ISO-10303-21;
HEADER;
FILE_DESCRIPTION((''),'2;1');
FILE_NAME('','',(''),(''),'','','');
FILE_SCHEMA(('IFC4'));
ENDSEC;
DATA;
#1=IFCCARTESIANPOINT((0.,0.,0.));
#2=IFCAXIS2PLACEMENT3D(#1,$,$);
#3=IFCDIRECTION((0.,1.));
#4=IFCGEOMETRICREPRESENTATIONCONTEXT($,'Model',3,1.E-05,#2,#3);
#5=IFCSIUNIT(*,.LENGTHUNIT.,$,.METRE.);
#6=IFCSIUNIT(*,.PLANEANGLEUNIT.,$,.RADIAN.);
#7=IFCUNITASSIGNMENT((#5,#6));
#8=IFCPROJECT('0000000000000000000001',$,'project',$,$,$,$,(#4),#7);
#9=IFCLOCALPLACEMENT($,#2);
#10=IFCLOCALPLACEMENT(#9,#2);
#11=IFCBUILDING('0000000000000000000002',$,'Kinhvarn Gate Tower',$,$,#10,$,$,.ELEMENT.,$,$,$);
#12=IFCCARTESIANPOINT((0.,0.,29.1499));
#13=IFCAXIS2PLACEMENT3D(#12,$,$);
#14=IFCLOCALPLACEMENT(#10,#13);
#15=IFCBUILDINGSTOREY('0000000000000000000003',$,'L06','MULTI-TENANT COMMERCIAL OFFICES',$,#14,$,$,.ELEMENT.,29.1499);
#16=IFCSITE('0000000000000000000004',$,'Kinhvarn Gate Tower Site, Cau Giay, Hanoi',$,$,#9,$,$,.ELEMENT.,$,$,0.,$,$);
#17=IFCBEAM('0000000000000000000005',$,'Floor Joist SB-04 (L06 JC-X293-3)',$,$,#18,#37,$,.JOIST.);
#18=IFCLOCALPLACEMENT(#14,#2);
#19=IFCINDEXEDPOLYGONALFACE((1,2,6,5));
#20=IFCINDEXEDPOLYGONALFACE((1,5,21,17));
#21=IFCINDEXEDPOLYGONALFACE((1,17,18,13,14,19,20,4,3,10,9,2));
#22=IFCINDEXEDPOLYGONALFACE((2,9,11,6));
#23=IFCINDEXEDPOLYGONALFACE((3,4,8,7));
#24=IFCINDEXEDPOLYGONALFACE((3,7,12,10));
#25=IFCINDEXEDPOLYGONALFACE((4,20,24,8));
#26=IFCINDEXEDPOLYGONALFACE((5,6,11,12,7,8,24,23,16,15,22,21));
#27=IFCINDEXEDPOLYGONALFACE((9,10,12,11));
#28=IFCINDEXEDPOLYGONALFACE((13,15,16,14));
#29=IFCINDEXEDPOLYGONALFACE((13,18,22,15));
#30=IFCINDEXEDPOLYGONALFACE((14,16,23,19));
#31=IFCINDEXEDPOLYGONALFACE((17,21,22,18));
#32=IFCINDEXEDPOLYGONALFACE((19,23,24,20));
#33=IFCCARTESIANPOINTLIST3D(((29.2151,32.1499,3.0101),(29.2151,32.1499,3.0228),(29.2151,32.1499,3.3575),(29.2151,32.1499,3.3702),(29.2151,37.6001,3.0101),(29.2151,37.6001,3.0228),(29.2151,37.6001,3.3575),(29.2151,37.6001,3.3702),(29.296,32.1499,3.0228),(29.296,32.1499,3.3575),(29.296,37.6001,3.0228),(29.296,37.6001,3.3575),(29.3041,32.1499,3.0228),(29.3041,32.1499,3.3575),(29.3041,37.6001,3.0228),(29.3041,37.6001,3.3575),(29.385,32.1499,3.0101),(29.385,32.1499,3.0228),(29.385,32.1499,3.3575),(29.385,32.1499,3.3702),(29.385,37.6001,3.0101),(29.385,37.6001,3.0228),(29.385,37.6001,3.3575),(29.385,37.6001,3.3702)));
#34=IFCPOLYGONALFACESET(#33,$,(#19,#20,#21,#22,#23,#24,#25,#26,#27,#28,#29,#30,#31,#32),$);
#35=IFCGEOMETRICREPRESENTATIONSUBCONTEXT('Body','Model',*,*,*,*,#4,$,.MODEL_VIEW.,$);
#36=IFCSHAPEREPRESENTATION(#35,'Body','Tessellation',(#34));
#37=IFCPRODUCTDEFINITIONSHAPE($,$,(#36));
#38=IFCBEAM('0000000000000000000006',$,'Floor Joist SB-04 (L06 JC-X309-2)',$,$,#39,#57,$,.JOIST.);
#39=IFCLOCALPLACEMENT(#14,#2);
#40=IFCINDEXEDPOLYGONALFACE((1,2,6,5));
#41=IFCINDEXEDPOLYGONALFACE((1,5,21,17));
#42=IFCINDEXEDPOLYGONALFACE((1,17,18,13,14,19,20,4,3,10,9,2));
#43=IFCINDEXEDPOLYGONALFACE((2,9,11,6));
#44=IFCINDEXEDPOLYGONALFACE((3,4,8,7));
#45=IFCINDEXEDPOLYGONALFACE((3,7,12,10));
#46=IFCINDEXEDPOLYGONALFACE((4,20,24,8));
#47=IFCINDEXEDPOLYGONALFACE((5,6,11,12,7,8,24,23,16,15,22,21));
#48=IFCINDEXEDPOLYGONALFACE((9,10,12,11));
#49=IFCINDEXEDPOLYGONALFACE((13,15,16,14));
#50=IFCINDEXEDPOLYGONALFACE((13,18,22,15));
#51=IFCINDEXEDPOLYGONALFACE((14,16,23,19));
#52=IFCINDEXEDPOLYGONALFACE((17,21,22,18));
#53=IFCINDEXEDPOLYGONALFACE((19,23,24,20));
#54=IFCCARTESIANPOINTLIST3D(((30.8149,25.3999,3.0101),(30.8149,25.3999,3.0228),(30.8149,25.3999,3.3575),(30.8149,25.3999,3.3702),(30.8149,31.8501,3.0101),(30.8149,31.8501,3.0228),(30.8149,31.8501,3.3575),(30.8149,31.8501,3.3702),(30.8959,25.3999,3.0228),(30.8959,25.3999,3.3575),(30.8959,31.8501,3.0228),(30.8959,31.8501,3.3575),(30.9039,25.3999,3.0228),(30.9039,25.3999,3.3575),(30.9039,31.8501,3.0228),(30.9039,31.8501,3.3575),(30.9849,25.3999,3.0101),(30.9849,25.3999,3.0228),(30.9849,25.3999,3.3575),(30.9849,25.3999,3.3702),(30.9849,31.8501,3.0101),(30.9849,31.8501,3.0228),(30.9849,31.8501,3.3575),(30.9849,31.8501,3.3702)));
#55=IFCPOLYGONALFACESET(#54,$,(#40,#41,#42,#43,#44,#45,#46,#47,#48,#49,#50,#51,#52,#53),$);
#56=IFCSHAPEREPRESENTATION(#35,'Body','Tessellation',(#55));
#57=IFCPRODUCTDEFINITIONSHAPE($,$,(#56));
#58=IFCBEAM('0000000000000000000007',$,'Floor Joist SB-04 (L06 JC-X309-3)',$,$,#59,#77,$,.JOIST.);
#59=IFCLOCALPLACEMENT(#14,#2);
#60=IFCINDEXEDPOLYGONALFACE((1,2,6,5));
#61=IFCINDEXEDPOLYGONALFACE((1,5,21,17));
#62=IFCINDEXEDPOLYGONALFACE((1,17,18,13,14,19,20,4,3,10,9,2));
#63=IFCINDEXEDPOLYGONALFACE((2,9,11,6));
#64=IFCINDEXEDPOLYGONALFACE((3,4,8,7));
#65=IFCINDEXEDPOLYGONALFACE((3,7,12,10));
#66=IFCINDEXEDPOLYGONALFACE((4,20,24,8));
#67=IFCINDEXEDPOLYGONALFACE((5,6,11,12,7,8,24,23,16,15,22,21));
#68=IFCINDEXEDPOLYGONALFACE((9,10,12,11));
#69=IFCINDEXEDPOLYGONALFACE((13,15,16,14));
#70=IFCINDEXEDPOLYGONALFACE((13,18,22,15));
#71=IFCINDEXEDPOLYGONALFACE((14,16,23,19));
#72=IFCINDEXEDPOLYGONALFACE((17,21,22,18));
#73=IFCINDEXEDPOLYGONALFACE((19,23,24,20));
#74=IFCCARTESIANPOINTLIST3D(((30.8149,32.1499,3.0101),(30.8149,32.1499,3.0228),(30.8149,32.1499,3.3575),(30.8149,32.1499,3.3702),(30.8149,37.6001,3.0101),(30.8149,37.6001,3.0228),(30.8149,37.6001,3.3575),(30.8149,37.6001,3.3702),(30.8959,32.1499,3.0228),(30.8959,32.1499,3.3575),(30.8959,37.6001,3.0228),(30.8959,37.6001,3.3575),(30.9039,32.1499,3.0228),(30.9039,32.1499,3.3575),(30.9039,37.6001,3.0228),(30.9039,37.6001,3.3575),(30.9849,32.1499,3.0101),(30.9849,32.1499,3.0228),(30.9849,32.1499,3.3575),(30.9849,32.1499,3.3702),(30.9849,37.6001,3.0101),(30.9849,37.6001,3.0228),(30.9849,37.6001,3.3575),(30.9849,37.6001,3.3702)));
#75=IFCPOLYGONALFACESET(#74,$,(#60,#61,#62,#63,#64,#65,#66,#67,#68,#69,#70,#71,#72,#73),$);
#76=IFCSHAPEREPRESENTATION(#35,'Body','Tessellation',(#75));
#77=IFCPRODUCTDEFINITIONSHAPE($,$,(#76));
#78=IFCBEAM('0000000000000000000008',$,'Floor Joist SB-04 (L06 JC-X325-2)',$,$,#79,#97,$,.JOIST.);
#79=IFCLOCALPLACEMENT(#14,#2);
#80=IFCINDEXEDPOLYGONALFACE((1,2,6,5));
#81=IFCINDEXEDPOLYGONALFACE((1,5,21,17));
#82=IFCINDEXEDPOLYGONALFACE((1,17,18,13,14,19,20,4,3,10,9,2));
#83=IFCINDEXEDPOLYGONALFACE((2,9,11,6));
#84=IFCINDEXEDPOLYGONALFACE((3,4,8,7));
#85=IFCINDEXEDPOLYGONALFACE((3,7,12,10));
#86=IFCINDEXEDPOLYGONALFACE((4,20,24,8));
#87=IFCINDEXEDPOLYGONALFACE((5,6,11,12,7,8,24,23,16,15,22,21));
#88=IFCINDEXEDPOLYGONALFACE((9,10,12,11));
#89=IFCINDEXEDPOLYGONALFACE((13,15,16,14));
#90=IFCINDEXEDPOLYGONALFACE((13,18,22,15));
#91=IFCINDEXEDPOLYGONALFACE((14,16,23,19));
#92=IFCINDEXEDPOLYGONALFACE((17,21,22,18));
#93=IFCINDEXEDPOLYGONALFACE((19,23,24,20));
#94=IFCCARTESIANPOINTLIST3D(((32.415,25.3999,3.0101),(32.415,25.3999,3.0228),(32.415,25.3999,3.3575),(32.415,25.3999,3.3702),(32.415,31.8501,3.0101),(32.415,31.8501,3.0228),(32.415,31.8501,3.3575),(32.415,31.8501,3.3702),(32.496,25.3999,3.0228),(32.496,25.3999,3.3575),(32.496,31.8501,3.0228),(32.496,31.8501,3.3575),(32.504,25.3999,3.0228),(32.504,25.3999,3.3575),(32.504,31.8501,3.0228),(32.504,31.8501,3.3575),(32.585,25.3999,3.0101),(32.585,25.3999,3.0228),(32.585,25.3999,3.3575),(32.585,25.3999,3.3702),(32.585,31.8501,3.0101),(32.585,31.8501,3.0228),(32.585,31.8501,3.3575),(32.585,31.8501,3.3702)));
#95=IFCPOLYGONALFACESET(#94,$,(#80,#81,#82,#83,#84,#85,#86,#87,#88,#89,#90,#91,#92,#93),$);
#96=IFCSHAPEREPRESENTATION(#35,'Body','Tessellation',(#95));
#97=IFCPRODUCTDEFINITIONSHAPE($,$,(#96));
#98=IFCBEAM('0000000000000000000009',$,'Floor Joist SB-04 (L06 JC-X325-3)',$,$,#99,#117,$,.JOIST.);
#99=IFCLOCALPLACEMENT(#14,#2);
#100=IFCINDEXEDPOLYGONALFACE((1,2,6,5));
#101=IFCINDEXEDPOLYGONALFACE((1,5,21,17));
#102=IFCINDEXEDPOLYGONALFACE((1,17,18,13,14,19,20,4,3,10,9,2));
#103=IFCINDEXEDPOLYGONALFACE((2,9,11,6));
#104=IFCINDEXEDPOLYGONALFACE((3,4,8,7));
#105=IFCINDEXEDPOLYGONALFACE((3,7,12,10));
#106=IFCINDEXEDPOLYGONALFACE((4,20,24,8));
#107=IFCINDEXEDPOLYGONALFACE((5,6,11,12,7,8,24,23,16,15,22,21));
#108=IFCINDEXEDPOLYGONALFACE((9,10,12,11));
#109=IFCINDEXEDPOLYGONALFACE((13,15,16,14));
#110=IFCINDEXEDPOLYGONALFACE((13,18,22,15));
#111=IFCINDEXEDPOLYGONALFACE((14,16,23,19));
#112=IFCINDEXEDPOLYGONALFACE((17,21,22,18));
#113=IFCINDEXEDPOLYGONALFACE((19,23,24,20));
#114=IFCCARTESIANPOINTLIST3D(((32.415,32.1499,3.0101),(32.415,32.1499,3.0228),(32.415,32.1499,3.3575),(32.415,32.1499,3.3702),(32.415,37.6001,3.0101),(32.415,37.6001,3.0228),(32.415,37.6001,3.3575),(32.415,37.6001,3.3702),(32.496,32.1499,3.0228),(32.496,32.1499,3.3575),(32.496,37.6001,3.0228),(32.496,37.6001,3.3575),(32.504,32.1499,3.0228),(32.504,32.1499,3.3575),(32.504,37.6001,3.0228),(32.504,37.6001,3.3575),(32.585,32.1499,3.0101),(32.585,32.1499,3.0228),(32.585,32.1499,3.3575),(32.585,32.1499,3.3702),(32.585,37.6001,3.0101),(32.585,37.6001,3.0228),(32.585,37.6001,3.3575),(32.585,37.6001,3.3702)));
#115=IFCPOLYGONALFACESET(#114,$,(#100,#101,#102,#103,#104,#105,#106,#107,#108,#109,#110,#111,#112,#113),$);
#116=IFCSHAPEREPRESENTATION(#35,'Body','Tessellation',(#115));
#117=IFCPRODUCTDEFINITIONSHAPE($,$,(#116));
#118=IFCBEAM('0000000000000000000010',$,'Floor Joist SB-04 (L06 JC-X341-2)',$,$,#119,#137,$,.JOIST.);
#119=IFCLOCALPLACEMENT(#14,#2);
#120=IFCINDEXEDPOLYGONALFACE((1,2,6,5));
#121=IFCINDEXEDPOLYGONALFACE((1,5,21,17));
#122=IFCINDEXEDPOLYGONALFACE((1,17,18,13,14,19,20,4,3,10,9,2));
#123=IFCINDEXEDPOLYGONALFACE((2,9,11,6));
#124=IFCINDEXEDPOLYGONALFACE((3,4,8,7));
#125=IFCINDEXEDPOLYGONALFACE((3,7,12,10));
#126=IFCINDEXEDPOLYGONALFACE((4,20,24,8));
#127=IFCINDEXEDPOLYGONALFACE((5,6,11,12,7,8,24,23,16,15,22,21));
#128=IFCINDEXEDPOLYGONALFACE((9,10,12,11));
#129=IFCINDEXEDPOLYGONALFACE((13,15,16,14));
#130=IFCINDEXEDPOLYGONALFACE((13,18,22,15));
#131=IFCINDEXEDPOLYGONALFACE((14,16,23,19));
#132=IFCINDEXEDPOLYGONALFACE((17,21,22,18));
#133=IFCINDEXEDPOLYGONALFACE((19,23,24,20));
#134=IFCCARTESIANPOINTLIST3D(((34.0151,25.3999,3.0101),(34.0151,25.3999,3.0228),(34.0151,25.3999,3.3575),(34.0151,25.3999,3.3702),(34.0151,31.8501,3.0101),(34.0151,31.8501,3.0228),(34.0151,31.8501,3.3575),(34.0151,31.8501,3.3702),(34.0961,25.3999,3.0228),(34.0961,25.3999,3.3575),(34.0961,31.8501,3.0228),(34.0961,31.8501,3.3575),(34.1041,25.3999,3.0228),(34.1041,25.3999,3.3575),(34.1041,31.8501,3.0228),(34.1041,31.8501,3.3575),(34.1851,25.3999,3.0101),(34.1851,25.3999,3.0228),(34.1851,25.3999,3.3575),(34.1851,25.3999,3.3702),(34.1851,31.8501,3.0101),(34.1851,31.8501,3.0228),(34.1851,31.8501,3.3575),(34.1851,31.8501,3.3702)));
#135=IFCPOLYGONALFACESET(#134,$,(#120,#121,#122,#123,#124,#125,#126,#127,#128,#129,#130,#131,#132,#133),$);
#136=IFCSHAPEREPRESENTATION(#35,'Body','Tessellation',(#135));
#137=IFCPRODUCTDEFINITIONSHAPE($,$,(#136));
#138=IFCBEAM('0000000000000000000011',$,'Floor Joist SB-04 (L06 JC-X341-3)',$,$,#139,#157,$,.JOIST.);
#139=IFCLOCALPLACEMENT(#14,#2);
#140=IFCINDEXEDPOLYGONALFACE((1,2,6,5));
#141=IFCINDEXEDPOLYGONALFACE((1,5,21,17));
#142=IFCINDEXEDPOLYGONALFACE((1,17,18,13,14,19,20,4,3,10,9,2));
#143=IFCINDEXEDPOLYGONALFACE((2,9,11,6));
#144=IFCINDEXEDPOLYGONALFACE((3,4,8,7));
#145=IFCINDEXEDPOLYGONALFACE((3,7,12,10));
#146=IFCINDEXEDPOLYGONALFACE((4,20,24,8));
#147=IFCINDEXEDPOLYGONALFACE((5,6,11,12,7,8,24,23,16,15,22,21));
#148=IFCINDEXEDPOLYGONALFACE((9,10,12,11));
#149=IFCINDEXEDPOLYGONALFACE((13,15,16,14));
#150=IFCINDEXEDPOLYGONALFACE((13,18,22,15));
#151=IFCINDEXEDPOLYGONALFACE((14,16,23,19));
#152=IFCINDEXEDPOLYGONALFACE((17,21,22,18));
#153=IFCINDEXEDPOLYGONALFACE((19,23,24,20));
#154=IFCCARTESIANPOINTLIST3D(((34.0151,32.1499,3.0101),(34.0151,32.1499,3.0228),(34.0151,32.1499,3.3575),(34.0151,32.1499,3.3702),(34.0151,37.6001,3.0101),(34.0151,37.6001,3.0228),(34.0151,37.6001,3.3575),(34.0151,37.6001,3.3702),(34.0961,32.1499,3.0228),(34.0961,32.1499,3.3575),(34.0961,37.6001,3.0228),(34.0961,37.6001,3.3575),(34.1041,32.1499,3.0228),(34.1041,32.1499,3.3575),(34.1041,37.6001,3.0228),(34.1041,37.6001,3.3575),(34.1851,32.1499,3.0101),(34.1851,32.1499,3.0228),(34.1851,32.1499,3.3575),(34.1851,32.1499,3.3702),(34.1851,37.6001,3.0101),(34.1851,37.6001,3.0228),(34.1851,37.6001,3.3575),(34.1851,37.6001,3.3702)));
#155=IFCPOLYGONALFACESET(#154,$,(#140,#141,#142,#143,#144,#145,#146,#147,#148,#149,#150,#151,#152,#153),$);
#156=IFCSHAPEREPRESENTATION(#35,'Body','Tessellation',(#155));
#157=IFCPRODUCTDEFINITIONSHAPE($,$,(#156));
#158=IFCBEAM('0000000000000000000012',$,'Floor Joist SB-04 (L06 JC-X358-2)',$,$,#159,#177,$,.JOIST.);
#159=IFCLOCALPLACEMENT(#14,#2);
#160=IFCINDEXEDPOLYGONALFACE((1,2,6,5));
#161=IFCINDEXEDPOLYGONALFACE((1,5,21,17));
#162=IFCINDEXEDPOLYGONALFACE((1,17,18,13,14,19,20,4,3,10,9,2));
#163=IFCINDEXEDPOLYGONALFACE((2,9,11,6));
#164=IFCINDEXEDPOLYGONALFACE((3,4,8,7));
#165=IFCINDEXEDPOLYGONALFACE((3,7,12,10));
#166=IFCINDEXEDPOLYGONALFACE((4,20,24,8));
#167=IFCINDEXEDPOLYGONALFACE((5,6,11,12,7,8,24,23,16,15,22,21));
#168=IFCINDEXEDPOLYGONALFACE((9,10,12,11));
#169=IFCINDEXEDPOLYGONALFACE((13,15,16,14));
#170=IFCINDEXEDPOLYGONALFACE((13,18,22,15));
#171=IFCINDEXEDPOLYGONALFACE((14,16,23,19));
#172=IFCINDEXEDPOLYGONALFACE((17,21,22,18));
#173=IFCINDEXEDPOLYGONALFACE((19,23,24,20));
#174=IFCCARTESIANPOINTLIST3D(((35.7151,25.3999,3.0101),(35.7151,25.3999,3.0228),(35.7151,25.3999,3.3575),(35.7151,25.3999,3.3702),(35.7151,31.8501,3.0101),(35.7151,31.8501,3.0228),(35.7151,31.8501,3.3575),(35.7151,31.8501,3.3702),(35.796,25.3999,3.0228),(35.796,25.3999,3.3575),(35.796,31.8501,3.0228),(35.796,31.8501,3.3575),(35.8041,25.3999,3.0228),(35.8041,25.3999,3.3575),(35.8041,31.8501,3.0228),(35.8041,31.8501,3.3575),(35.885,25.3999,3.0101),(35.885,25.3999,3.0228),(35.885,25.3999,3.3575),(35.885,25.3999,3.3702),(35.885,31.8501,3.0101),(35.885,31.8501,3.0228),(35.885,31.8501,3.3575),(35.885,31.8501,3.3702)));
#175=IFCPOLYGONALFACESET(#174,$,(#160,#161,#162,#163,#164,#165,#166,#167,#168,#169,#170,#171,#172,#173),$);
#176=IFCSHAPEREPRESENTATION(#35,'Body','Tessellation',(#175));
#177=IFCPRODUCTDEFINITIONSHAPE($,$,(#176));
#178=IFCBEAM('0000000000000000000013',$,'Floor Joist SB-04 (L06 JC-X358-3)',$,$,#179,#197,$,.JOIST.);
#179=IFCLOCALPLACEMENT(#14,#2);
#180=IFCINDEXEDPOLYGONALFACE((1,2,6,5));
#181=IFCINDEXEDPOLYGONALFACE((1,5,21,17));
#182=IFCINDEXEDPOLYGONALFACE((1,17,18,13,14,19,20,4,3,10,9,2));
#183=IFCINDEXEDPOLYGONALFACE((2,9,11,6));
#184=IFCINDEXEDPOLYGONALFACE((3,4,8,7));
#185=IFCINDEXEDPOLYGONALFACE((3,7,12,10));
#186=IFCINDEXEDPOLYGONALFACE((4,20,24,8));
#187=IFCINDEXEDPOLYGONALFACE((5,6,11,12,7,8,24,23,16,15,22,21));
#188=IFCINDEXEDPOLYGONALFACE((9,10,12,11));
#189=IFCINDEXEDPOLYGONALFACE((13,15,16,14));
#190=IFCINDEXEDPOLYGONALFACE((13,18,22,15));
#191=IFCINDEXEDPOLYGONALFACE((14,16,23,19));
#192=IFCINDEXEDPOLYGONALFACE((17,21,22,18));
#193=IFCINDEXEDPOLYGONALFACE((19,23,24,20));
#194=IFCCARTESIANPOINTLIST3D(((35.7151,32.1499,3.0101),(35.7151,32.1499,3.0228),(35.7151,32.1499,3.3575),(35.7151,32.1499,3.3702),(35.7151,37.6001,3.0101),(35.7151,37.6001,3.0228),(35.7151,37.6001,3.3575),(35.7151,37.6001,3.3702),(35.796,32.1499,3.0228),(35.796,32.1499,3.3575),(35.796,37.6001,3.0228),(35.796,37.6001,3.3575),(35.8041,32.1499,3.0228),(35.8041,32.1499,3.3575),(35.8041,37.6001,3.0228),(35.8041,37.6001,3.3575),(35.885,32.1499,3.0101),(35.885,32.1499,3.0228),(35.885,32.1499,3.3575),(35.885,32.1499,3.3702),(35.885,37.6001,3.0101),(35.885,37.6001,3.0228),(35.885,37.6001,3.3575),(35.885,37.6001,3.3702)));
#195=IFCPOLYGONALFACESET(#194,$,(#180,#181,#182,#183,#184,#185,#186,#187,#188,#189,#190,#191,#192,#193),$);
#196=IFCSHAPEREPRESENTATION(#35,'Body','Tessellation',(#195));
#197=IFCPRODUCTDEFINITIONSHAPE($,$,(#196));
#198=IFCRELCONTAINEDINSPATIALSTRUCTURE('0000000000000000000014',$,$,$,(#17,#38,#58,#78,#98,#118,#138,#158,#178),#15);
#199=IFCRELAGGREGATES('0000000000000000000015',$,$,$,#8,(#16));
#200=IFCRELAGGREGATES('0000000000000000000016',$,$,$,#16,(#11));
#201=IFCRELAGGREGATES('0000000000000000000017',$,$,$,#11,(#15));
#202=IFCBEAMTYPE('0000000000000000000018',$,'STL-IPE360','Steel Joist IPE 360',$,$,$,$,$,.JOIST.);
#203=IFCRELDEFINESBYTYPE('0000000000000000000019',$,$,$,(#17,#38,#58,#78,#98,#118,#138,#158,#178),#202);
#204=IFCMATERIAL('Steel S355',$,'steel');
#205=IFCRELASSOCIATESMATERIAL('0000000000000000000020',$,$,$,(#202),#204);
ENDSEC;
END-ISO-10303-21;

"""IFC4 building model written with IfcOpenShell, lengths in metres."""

from ifc_helpers import new_model, si_unit, direction, frame, origin, origin_2d, place, context, subcontext, project, spatial, i_section, extrude, material, material_profile, profile_set, type_object, element, save


model = new_model("IFC4")

# Units and contexts
model_context = context("Model", 3, precision=1e-05, world=origin(), true_north=direction((0.0, 1.0)))
body_context = subcontext(model_context, "Body", "Model", "MODEL_VIEW")
ifc_project = project(units=[si_unit("LENGTHUNIT", "METRE"), si_unit("PLANEANGLEUNIT", "RADIAN")], contexts=[model_context])

# Site, building, storey
site_placement = place(None, origin())
site = spatial("IfcSite", under=ifc_project, at=site_placement, Name="Kinhvarn Gate Tower Site, Cau Giay, Hanoi", CompositionType="ELEMENT", RefElevation=0.0)
building_placement = place(site_placement, origin())
building = spatial("IfcBuilding", under=site, at=building_placement, Name="Kinhvarn Gate Tower", CompositionType="ELEMENT")
storey_placement = place(building_placement, frame((0.0, 0.0, 29.1499)))
storey = spatial("IfcBuildingStorey", under=building, at=storey_placement, Name="L06", Description="MULTI-TENANT COMMERCIAL OFFICES", CompositionType="ELEMENT", Elevation=29.1499)

# Beams
ifc_material_1 = material(Name="Steel S355", Category="steel")
ifc_material_profile_1 = material_profile(ifc_material_1, i_section(OverallWidth=0.1699, OverallDepth=0.3601, WebThickness=0.0081, FlangeThickness=0.0127, at=origin_2d()), Name="IPE 360")
ifc_profile_set_1 = profile_set([ifc_material_profile_1], Name="Steel S355")
beam_type_1 = type_object("IfcBeamType", Name="STL-IPE360", Description="Steel Joist IPE 360", PredefinedType="JOIST", material=ifc_profile_set_1)
beam_1_placement = place(storey_placement, frame((29.3, 32.1499, 3.1902), z_axis=(0.0, 1.0, 0.0), x_axis=(-1.0, 0.0, 0.0)))
element("IfcBeam", 1, at=beam_1_placement, inside=storey, type_object=beam_type_1, Name="Floor Joist SB-04 (L06 JC-X293-3)", PredefinedType="JOIST", context=body_context, shape_type="SweptSolid", body=[
    extrude(i_section(OverallWidth=0.1699, OverallDepth=0.3601, WebThickness=0.0081, FlangeThickness=0.0127, at=origin_2d()), origin(), (0.0, 0.0, 1.0), 5.4502),
])
beam_2_placement = place(storey_placement, frame((30.8999, 25.3999, 3.1902), z_axis=(0.0, 1.0, 0.0), x_axis=(-1.0, 0.0, 0.0)))
element("IfcBeam", 2, at=beam_2_placement, inside=storey, type_object=beam_type_1, Name="Floor Joist SB-04 (L06 JC-X309-2)", PredefinedType="JOIST", context=body_context, shape_type="SweptSolid", body=[
    extrude(i_section(OverallWidth=0.1699, OverallDepth=0.3601, WebThickness=0.0081, FlangeThickness=0.0127, at=origin_2d()), origin(), (0.0, 0.0, 1.0), 6.4502),
])
beam_3_placement = place(storey_placement, frame((30.8999, 32.1499, 3.1902), z_axis=(0.0, 1.0, 0.0), x_axis=(-1.0, 0.0, 0.0)))
element("IfcBeam", 3, at=beam_3_placement, inside=storey, type_object=beam_type_1, Name="Floor Joist SB-04 (L06 JC-X309-3)", PredefinedType="JOIST", context=body_context, shape_type="SweptSolid", body=[
    extrude(i_section(OverallWidth=0.1699, OverallDepth=0.3601, WebThickness=0.0081, FlangeThickness=0.0127, at=origin_2d()), origin(), (0.0, 0.0, 1.0), 5.4502),
])
beam_4_placement = place(storey_placement, frame((32.5, 25.3999, 3.1902), z_axis=(0.0, 1.0, 0.0), x_axis=(-1.0, 0.0, 0.0)))
element("IfcBeam", 4, at=beam_4_placement, inside=storey, type_object=beam_type_1, Name="Floor Joist SB-04 (L06 JC-X325-2)", PredefinedType="JOIST", context=body_context, shape_type="SweptSolid", body=[
    extrude(i_section(OverallWidth=0.1699, OverallDepth=0.3601, WebThickness=0.0081, FlangeThickness=0.0127, at=origin_2d()), origin(), (0.0, 0.0, 1.0), 6.4502),
])
beam_5_placement = place(storey_placement, frame((32.5, 32.1499, 3.1902), z_axis=(0.0, 1.0, 0.0), x_axis=(-1.0, 0.0, 0.0)))
element("IfcBeam", 5, at=beam_5_placement, inside=storey, type_object=beam_type_1, Name="Floor Joist SB-04 (L06 JC-X325-3)", PredefinedType="JOIST", context=body_context, shape_type="SweptSolid", body=[
    extrude(i_section(OverallWidth=0.1699, OverallDepth=0.3601, WebThickness=0.0081, FlangeThickness=0.0127, at=origin_2d()), origin(), (0.0, 0.0, 1.0), 5.4502),
])
beam_6_placement = place(storey_placement, frame((34.1001, 25.3999, 3.1902), z_axis=(0.0, 1.0, 0.0), x_axis=(-1.0, 0.0, 0.0)))
element("IfcBeam", 6, at=beam_6_placement, inside=storey, type_object=beam_type_1, Name="Floor Joist SB-04 (L06 JC-X341-2)", PredefinedType="JOIST", context=body_context, shape_type="SweptSolid", body=[
    extrude(i_section(OverallWidth=0.1699, OverallDepth=0.3601, WebThickness=0.0081, FlangeThickness=0.0127, at=origin_2d()), origin(), (0.0, 0.0, 1.0), 6.4502),
])
beam_7_placement = place(storey_placement, frame((34.1001, 32.1499, 3.1902), z_axis=(0.0, 1.0, 0.0), x_axis=(-1.0, 0.0, 0.0)))
element("IfcBeam", 7, at=beam_7_placement, inside=storey, type_object=beam_type_1, Name="Floor Joist SB-04 (L06 JC-X341-3)", PredefinedType="JOIST", context=body_context, shape_type="SweptSolid", body=[
    extrude(i_section(OverallWidth=0.1699, OverallDepth=0.3601, WebThickness=0.0081, FlangeThickness=0.0127, at=origin_2d()), origin(), (0.0, 0.0, 1.0), 5.4502),
])
beam_8_placement = place(storey_placement, frame((35.8, 25.3999, 3.1902), z_axis=(0.0, 1.0, 0.0), x_axis=(-1.0, 0.0, 0.0)))
element("IfcBeam", 8, at=beam_8_placement, inside=storey, type_object=beam_type_1, Name="Floor Joist SB-04 (L06 JC-X358-2)", PredefinedType="JOIST", context=body_context, shape_type="SweptSolid", body=[
    extrude(i_section(OverallWidth=0.1699, OverallDepth=0.3601, WebThickness=0.0081, FlangeThickness=0.0127, at=origin_2d()), origin(), (0.0, 0.0, 1.0), 6.4502),
])
beam_9_placement = place(storey_placement, frame((35.8, 32.1499, 3.1902), z_axis=(0.0, 1.0, 0.0), x_axis=(-1.0, 0.0, 0.0)))
element("IfcBeam", 9, at=beam_9_placement, inside=storey, type_object=beam_type_1, Name="Floor Joist SB-04 (L06 JC-X358-3)", PredefinedType="JOIST", context=body_context, shape_type="SweptSolid", body=[
    extrude(i_section(OverallWidth=0.1699, OverallDepth=0.3601, WebThickness=0.0081, FlangeThickness=0.0127, at=origin_2d()), origin(), (0.0, 0.0, 1.0), 5.4502),
])

save(model, "model.ifc")
